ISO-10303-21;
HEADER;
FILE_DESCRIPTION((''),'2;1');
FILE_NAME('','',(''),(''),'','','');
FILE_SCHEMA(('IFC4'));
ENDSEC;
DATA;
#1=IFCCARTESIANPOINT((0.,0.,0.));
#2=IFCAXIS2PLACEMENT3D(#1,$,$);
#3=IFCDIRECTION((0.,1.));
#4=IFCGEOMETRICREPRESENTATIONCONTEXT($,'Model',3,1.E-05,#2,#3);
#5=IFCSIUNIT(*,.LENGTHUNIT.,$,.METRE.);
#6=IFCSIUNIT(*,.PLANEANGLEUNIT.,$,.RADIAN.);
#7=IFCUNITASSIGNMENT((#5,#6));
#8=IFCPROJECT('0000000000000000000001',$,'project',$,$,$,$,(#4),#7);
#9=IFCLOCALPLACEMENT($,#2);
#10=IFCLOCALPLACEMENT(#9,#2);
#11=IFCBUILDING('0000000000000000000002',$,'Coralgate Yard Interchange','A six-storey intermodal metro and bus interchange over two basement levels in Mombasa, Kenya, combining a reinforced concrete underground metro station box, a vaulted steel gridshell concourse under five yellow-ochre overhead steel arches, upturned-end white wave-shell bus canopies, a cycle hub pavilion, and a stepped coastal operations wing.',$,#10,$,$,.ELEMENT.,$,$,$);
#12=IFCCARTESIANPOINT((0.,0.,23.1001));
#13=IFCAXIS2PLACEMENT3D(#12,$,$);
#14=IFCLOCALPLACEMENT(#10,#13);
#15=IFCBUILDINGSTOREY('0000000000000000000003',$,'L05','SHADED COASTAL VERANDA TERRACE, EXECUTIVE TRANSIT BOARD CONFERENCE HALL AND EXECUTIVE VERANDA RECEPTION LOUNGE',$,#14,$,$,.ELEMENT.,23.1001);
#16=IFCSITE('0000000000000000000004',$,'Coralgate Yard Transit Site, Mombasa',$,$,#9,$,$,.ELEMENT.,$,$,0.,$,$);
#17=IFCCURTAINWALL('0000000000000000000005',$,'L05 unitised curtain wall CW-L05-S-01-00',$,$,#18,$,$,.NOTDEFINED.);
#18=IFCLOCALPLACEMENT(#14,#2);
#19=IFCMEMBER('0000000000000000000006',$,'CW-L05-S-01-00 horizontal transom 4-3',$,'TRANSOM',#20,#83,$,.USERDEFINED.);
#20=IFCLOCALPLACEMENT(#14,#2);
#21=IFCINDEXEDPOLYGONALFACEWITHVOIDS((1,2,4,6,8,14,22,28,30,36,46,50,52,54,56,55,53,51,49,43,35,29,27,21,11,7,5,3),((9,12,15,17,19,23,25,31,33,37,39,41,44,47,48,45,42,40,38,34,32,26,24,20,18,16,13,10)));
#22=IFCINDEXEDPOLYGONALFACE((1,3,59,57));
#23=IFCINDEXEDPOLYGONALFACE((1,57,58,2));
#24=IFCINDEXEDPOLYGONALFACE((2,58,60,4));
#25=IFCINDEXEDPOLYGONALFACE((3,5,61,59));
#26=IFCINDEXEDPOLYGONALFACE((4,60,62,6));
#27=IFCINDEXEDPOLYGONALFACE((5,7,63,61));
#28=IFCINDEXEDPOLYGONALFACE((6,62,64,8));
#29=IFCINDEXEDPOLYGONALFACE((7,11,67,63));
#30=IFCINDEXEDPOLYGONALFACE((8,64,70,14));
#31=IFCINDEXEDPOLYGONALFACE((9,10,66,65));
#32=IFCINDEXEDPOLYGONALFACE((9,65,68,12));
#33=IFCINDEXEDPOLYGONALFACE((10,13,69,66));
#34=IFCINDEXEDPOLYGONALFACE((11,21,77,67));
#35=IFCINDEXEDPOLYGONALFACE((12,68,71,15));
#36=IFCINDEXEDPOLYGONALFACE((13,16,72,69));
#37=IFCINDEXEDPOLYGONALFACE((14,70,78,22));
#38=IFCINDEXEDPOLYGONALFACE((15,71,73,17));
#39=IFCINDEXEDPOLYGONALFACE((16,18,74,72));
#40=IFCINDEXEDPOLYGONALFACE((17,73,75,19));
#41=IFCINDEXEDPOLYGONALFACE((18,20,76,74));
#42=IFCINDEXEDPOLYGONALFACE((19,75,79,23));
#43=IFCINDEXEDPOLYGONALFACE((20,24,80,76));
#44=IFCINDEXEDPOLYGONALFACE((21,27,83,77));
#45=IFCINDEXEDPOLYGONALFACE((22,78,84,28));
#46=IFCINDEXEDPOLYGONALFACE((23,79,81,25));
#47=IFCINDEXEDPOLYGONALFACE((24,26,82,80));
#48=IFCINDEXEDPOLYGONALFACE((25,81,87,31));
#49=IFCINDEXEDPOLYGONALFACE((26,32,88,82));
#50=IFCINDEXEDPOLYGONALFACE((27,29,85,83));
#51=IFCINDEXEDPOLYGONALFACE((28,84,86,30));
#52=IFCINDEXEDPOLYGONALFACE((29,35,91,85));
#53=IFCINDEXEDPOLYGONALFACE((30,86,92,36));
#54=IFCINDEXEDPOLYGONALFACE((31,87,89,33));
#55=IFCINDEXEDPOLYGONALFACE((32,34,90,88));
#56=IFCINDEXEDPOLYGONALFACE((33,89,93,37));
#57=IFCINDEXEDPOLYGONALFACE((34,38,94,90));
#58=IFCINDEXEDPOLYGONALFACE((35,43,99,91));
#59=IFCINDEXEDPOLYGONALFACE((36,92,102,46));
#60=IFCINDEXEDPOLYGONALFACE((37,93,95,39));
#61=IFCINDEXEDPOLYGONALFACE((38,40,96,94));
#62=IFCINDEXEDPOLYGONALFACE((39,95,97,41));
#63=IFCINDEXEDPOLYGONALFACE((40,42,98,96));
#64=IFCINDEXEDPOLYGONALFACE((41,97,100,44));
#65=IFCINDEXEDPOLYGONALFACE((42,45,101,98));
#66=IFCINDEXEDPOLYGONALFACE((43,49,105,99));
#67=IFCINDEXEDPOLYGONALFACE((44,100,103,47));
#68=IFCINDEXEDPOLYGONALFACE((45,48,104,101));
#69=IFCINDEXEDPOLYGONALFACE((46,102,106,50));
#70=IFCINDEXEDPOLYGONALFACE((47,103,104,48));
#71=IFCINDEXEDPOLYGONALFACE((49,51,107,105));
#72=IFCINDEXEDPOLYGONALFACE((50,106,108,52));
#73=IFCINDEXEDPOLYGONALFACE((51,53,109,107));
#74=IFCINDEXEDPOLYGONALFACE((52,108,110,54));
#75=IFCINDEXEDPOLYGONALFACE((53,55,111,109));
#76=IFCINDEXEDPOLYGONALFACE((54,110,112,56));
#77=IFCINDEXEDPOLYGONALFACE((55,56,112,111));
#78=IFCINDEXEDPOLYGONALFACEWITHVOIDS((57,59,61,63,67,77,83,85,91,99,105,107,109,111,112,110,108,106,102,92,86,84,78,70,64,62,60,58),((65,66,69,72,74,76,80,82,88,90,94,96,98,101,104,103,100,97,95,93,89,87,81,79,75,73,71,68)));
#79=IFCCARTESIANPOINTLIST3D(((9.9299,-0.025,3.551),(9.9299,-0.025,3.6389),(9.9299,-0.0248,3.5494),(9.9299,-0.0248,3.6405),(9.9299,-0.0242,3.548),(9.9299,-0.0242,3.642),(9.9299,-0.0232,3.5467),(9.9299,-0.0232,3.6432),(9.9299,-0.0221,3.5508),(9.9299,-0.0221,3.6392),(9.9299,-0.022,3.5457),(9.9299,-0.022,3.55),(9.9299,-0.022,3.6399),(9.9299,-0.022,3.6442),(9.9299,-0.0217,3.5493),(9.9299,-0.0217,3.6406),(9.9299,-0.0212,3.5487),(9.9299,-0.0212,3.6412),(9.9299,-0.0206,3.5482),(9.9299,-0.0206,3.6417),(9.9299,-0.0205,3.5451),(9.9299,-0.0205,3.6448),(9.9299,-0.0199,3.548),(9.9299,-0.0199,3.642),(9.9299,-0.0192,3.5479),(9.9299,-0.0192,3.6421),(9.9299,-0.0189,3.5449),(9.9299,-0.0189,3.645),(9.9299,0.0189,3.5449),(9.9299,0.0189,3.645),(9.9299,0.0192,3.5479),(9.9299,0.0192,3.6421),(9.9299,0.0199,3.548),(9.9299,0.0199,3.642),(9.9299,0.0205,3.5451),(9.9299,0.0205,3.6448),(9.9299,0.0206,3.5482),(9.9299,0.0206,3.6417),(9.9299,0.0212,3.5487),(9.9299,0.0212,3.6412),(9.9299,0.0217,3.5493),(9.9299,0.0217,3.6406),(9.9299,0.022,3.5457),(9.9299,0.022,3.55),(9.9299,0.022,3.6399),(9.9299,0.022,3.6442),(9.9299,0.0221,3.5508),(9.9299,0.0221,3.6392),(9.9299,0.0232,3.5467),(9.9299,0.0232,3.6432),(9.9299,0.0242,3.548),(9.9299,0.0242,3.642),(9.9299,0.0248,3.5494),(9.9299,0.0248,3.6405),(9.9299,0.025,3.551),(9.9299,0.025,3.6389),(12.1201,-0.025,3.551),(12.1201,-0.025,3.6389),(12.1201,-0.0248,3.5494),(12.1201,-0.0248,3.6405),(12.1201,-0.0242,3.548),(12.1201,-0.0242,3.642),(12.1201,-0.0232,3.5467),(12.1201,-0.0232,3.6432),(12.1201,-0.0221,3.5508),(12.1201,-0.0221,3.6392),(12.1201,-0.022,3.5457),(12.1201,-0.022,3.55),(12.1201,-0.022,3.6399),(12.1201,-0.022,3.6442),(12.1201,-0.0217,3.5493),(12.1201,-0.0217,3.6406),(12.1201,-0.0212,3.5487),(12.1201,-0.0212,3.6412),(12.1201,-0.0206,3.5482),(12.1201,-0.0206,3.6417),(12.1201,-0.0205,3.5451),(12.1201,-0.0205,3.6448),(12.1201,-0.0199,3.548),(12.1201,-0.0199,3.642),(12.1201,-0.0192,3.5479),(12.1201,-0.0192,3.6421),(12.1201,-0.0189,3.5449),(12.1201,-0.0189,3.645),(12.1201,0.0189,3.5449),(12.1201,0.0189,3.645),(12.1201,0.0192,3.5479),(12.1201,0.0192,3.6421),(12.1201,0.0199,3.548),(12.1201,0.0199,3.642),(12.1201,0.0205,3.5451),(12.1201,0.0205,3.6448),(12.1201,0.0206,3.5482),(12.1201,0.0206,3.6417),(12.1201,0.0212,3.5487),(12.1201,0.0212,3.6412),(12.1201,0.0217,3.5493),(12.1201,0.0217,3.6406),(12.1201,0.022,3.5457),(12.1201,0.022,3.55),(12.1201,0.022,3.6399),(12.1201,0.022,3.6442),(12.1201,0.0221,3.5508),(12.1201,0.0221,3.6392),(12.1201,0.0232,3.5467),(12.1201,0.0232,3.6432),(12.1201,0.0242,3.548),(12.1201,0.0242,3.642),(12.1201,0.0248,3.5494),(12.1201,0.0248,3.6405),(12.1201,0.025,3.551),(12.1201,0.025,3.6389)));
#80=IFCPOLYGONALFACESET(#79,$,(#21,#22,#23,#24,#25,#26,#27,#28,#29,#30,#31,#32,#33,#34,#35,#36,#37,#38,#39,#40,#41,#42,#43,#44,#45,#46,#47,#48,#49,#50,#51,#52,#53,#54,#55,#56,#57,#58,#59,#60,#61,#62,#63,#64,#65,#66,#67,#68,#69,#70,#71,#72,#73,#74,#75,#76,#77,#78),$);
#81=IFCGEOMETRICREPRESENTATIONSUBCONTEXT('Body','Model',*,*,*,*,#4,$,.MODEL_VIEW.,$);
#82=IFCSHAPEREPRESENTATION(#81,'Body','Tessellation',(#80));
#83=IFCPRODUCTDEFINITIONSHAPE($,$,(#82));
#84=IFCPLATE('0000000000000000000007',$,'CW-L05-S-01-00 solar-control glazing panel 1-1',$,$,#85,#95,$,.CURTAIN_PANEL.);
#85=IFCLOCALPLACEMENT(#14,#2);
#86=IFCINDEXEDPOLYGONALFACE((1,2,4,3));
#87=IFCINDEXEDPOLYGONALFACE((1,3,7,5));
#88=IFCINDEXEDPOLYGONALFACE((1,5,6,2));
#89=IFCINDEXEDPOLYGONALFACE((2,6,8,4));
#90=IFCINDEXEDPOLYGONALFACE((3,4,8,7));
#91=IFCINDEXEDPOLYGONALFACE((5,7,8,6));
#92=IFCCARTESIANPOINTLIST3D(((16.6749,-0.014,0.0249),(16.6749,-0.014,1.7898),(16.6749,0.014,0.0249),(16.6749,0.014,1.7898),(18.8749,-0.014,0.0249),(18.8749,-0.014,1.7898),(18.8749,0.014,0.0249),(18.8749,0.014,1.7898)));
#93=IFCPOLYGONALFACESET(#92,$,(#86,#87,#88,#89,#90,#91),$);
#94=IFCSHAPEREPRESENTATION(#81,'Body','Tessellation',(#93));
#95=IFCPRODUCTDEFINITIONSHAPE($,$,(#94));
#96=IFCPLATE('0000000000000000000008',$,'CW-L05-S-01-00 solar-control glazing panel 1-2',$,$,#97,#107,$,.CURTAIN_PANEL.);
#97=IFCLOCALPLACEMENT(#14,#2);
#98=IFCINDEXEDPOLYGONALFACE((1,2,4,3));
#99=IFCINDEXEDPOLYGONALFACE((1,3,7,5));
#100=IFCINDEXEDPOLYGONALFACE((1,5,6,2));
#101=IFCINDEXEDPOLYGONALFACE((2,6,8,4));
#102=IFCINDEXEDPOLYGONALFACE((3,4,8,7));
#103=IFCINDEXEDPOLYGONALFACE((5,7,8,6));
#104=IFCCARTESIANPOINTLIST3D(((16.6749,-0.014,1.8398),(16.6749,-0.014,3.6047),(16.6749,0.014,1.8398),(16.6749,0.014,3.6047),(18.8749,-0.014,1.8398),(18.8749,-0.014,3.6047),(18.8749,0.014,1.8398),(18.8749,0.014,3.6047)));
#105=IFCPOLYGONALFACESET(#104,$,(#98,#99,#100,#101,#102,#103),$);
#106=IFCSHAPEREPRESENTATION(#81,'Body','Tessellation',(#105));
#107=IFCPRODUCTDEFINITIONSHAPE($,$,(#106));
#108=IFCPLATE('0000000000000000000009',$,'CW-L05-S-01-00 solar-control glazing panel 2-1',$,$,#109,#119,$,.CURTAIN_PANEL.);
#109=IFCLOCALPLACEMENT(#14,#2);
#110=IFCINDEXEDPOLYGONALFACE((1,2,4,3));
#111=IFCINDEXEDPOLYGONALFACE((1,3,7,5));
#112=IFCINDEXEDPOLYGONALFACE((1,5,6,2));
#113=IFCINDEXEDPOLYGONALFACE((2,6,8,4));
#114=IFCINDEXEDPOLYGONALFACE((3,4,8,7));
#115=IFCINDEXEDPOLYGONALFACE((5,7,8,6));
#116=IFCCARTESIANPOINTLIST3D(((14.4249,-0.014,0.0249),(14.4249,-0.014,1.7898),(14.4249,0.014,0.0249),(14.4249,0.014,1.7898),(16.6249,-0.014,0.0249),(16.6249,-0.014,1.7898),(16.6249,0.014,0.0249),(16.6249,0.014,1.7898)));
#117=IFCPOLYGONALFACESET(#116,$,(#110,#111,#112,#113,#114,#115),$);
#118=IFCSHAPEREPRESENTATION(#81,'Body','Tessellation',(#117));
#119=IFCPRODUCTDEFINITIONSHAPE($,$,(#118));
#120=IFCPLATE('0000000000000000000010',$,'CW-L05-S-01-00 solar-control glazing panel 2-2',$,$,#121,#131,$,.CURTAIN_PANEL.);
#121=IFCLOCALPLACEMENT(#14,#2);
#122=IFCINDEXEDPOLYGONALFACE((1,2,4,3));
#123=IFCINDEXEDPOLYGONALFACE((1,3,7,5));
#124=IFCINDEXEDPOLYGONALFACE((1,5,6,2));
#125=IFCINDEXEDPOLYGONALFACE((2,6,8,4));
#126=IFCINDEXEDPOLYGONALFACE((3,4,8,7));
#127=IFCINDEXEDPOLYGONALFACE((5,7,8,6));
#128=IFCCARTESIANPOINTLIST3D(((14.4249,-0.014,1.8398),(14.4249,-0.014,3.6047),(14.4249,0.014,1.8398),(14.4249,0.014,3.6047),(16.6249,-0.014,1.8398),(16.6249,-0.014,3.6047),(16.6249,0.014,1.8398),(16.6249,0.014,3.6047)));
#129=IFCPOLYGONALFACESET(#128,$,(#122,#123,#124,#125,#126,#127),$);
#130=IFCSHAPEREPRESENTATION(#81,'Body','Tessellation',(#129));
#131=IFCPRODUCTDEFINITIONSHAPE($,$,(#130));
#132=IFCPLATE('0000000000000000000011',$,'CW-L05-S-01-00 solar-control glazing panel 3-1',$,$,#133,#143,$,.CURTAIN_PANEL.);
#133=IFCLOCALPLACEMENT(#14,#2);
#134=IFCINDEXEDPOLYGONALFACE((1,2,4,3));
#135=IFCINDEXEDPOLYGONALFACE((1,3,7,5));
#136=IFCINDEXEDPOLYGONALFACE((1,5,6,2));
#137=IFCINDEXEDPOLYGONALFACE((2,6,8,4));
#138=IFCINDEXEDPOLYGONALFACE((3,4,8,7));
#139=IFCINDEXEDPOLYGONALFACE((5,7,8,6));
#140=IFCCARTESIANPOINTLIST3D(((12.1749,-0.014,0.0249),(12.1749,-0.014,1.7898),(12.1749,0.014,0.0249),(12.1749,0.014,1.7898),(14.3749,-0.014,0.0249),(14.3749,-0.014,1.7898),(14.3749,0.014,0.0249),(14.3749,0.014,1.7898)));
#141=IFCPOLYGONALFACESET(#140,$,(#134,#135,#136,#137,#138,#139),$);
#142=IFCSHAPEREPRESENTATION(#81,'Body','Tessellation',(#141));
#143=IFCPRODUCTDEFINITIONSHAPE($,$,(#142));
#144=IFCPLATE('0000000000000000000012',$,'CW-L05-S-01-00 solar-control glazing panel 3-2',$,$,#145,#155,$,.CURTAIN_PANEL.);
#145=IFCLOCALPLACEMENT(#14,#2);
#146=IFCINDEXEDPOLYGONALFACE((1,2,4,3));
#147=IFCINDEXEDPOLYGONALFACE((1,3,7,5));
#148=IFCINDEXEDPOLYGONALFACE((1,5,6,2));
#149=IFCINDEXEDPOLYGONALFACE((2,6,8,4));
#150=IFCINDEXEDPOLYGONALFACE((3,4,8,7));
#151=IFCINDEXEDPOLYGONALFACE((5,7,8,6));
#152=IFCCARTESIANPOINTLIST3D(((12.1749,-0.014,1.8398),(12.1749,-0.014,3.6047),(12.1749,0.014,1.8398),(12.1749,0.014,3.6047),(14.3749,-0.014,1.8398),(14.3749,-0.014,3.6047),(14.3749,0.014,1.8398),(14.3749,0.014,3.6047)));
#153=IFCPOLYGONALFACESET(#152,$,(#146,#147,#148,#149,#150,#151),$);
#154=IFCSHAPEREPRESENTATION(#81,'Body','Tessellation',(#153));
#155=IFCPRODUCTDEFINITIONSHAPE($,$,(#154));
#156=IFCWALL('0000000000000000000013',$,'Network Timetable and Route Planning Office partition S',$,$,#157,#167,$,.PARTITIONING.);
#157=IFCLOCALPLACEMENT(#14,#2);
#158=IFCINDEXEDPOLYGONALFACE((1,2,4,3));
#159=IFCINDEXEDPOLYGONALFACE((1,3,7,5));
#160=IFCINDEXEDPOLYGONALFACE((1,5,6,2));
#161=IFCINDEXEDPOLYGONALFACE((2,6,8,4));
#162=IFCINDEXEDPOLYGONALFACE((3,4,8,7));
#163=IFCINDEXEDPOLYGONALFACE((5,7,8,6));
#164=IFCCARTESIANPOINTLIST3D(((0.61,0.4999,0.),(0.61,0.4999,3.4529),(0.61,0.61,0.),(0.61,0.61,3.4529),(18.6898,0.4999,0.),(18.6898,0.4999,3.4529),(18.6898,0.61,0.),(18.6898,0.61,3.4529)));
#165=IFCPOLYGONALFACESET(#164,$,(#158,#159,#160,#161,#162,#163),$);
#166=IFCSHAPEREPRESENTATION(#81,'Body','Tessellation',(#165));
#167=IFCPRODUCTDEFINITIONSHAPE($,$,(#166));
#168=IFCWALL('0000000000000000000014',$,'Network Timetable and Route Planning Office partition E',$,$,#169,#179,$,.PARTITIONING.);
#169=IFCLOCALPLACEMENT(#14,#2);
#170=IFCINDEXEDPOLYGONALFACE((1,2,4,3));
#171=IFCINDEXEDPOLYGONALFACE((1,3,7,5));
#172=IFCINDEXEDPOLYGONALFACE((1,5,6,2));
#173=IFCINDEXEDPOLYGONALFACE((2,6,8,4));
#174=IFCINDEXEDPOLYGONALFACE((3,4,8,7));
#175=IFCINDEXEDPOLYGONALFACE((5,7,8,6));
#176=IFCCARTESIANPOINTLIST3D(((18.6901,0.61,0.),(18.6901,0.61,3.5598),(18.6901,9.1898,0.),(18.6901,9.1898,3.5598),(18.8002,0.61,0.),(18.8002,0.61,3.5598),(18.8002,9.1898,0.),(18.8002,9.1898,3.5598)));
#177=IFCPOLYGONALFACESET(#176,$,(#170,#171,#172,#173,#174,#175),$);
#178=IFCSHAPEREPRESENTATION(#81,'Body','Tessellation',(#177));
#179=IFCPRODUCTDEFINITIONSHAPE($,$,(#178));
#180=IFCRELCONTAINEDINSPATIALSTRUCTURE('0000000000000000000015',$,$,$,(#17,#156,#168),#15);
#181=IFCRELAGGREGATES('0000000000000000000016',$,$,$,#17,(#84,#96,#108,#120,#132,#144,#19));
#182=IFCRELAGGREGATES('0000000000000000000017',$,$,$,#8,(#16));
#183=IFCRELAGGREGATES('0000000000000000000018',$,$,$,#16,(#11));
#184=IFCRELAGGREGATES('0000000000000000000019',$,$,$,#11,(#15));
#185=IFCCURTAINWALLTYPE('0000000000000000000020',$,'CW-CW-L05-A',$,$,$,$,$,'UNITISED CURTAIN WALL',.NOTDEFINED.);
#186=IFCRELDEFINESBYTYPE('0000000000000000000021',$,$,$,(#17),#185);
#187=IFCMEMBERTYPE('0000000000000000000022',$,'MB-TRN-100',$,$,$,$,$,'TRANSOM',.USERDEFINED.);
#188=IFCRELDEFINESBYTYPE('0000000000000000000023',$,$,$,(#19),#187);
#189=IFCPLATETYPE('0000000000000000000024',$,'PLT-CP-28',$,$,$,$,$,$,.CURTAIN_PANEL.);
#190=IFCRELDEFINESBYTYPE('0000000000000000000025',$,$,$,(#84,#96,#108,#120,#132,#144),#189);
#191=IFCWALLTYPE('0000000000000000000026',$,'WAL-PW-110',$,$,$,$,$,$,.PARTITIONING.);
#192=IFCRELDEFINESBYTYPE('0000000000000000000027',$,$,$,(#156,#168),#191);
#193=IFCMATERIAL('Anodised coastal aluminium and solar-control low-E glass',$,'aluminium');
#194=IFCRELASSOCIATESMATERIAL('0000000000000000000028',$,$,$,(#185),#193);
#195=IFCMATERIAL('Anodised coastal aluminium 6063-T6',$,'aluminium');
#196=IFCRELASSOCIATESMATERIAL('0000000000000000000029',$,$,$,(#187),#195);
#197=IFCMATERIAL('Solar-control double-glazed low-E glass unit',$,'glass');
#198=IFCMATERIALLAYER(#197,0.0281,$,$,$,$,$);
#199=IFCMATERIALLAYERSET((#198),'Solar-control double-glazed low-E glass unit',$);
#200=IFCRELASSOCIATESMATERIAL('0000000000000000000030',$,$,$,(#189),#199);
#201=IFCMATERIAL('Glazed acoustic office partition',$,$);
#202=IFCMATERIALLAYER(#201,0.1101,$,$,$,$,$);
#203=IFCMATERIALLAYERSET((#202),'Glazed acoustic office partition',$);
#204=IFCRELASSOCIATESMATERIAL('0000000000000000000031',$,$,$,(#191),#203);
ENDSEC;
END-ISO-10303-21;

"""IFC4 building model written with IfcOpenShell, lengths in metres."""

from ifc_helpers import new_model, si_unit, direction, frame, frame_2d, origin, origin_2d, place, context, subcontext, project, spatial, rectangle, hollow_rectangle, extrude, material, layer, layer_set, material_profile, profile_set, type_object, element, aggregate, save


model = new_model("IFC4")

# Units and contexts
model_context = context("Model", 3, precision=1e-05, world=origin(), true_north=direction((0.0, 1.0)))
body_context = subcontext(model_context, "Body", "Model", "MODEL_VIEW")
ifc_project = project(units=[si_unit("LENGTHUNIT", "METRE"), si_unit("PLANEANGLEUNIT", "RADIAN")], contexts=[model_context])

# Site, building, storey
site_placement = place(None, origin())
site = spatial("IfcSite", under=ifc_project, at=site_placement, Name="Coralgate Yard Transit Site, Mombasa", CompositionType="ELEMENT", RefElevation=0.0)
building_placement = place(site_placement, origin())
building = spatial("IfcBuilding", under=site, at=building_placement, Name="Coralgate Yard Interchange", Description="A six-storey intermodal metro and bus interchange over two basement levels in Mombasa, Kenya, combining a reinforced concrete underground metro station box, a vaulted steel gridshell concourse under five yellow-ochre overhead steel arches, upturned-end white wave-shell bus canopies, a cycle hub pavilion, and a stepped coastal operations wing.", CompositionType="ELEMENT")
storey_placement = place(building_placement, frame((0.0, 0.0, 23.1001)))
storey = spatial("IfcBuildingStorey", under=building, at=storey_placement, Name="L05", Description="SHADED COASTAL VERANDA TERRACE, EXECUTIVE TRANSIT BOARD CONFERENCE HALL AND EXECUTIVE VERANDA RECEPTION LOUNGE", CompositionType="ELEMENT", Elevation=23.1001)

# Curtain wall, member, plates
ifc_material_1 = material(Name="Anodised coastal aluminium and solar-control low-E glass", Category="aluminium")
curtain_wall_type = type_object("IfcCurtainWallType", Name="CW-CW-L05-A", ElementType="UNITISED CURTAIN WALL", PredefinedType="NOTDEFINED", material=ifc_material_1)
curtain_wall_placement = place(storey_placement, origin())
curtain_wall = element("IfcCurtainWall", 1, at=curtain_wall_placement, inside=storey, type_object=curtain_wall_type, Name="L05 unitised curtain wall CW-L05-S-01-00", PredefinedType="NOTDEFINED")
ifc_material_2 = material(Name="Anodised coastal aluminium 6063-T6", Category="aluminium")
ifc_material_profile_1 = material_profile(ifc_material_2, hollow_rectangle(XDim=0.05, YDim=0.1001, WallThickness=0.0029, InnerFilletRadius=0.0029, OuterFilletRadius=0.0061, at=origin_2d()), Name="ALU 50x100x3")
ifc_profile_set_1 = profile_set([ifc_material_profile_1], Name="Anodised coastal aluminium 6063-T6")
member_type_1 = type_object("IfcMemberType", Name="MB-TRN-100", ElementType="TRANSOM", PredefinedType="USERDEFINED", material=ifc_profile_set_1)
member_1_placement = place(storey_placement, frame((12.1201, 0.0, 3.595), z_axis=(-1.0, 0.0, 0.0), x_axis=(0.0, -1.0, 0.0)))
member_1 = element("IfcMember", 2, at=member_1_placement, type_object=member_type_1, Name="CW-L05-S-01-00 horizontal transom 4-3", ObjectType="TRANSOM", PredefinedType="USERDEFINED", context=body_context, shape_type="SweptSolid", body=[
    extrude(hollow_rectangle(XDim=0.05, YDim=0.1001, WallThickness=0.0029, InnerFilletRadius=0.0029, OuterFilletRadius=0.0061, at=origin_2d()), origin(), (0.0, 0.0, 1.0), 2.1902),
])
ifc_material_3 = material(Name="Solar-control double-glazed low-E glass unit", Category="glass")
ifc_layer_1 = layer(ifc_material_3, 0.0281)
ifc_layer_set_1 = layer_set([ifc_layer_1], Name="Solar-control double-glazed low-E glass unit")
plate_type = type_object("IfcPlateType", Name="PLT-CP-28", PredefinedType="CURTAIN_PANEL", material=ifc_layer_set_1)
plate_1_placement = place(storey_placement, frame((17.7749, 0.0, 0.0249), z_axis=(0.0, 0.0, 1.0), x_axis=(-1.0, 0.0, 0.0)))
plate_1 = element("IfcPlate", 3, at=plate_1_placement, type_object=plate_type, Name="CW-L05-S-01-00 solar-control glazing panel 1-1", PredefinedType="CURTAIN_PANEL", context=body_context, shape_type="SweptSolid", body=[
    extrude(rectangle(XDim=2.2, YDim=0.0281, at=origin_2d()), origin(), (0.0, 0.0, 1.0), 1.7649),
])
plate_2_placement = place(storey_placement, frame((17.7749, 0.0, 1.8398), z_axis=(0.0, 0.0, 1.0), x_axis=(-1.0, 0.0, 0.0)))
plate_2 = element("IfcPlate", 4, at=plate_2_placement, type_object=plate_type, Name="CW-L05-S-01-00 solar-control glazing panel 1-2", PredefinedType="CURTAIN_PANEL", context=body_context, shape_type="SweptSolid", body=[
    extrude(rectangle(XDim=2.2, YDim=0.0281, at=origin_2d()), origin(), (0.0, 0.0, 1.0), 1.7649),
])
plate_3_placement = place(storey_placement, frame((15.5249, 0.0, 0.0249), z_axis=(0.0, 0.0, 1.0), x_axis=(-1.0, 0.0, 0.0)))
plate_3 = element("IfcPlate", 5, at=plate_3_placement, type_object=plate_type, Name="CW-L05-S-01-00 solar-control glazing panel 2-1", PredefinedType="CURTAIN_PANEL", context=body_context, shape_type="SweptSolid", body=[
    extrude(rectangle(XDim=2.2, YDim=0.0281, at=origin_2d()), origin(), (0.0, 0.0, 1.0), 1.7649),
])
plate_4_placement = place(storey_placement, frame((15.5249, 0.0, 1.8398), z_axis=(0.0, 0.0, 1.0), x_axis=(-1.0, 0.0, 0.0)))
plate_4 = element("IfcPlate", 6, at=plate_4_placement, type_object=plate_type, Name="CW-L05-S-01-00 solar-control glazing panel 2-2", PredefinedType="CURTAIN_PANEL", context=body_context, shape_type="SweptSolid", body=[
    extrude(rectangle(XDim=2.2, YDim=0.0281, at=origin_2d()), origin(), (0.0, 0.0, 1.0), 1.7649),
])
plate_5_placement = place(storey_placement, frame((13.2749, 0.0, 0.0249), z_axis=(0.0, 0.0, 1.0), x_axis=(-1.0, 0.0, 0.0)))
plate_5 = element("IfcPlate", 7, at=plate_5_placement, type_object=plate_type, Name="CW-L05-S-01-00 solar-control glazing panel 3-1", PredefinedType="CURTAIN_PANEL", context=body_context, shape_type="SweptSolid", body=[
    extrude(rectangle(XDim=2.2, YDim=0.0281, at=origin_2d()), origin(), (0.0, 0.0, 1.0), 1.7649),
])
plate_6_placement = place(storey_placement, frame((13.2749, 0.0, 1.8398), z_axis=(0.0, 0.0, 1.0), x_axis=(-1.0, 0.0, 0.0)))
plate_6 = element("IfcPlate", 8, at=plate_6_placement, type_object=plate_type, Name="CW-L05-S-01-00 solar-control glazing panel 3-2", PredefinedType="CURTAIN_PANEL", context=body_context, shape_type="SweptSolid", body=[
    extrude(rectangle(XDim=2.2, YDim=0.0281, at=origin_2d()), origin(), (0.0, 0.0, 1.0), 1.7649),
])
aggregate(curtain_wall, [plate_1, plate_2, plate_3, plate_4, plate_5, plate_6, member_1])

# Walls
ifc_material_4 = material(Name="Glazed acoustic office partition")
ifc_layer_2 = layer(ifc_material_4, 0.1101)
ifc_layer_set_2 = layer_set([ifc_layer_2], Name="Glazed acoustic office partition")
wall_type = type_object("IfcWallType", Name="WAL-PW-110", PredefinedType="PARTITIONING", material=ifc_layer_set_2)
wall_1_placement = place(storey_placement, frame((18.6899, 0.5549, 0.0), z_axis=(0.0, 0.0, 1.0), x_axis=(-1.0, 0.0, 0.0)))
element("IfcWall", 9, at=wall_1_placement, inside=storey, type_object=wall_type, Name="Network Timetable and Route Planning Office partition S", PredefinedType="PARTITIONING", context=body_context, shape_type="SweptSolid", body=[
    extrude(rectangle(XDim=18.0798, YDim=0.1101, at=frame_2d((9.04, 0.0))), origin(), (0.0, 0.0, 1.0), 3.4529),
])
wall_2_placement = place(storey_placement, frame((18.7451, 9.1899, 0.0), z_axis=(0.0, 0.0, 1.0), x_axis=(0.0, -1.0, 0.0)))
element("IfcWall", 10, at=wall_2_placement, inside=storey, type_object=wall_type, Name="Network Timetable and Route Planning Office partition E", PredefinedType="PARTITIONING", context=body_context, shape_type="SweptSolid", body=[
    extrude(rectangle(XDim=8.5798, YDim=0.1101, at=frame_2d((4.29, 0.0))), origin(), (0.0, 0.0, 1.0), 3.5598),
])

save(model, "model.ifc")
